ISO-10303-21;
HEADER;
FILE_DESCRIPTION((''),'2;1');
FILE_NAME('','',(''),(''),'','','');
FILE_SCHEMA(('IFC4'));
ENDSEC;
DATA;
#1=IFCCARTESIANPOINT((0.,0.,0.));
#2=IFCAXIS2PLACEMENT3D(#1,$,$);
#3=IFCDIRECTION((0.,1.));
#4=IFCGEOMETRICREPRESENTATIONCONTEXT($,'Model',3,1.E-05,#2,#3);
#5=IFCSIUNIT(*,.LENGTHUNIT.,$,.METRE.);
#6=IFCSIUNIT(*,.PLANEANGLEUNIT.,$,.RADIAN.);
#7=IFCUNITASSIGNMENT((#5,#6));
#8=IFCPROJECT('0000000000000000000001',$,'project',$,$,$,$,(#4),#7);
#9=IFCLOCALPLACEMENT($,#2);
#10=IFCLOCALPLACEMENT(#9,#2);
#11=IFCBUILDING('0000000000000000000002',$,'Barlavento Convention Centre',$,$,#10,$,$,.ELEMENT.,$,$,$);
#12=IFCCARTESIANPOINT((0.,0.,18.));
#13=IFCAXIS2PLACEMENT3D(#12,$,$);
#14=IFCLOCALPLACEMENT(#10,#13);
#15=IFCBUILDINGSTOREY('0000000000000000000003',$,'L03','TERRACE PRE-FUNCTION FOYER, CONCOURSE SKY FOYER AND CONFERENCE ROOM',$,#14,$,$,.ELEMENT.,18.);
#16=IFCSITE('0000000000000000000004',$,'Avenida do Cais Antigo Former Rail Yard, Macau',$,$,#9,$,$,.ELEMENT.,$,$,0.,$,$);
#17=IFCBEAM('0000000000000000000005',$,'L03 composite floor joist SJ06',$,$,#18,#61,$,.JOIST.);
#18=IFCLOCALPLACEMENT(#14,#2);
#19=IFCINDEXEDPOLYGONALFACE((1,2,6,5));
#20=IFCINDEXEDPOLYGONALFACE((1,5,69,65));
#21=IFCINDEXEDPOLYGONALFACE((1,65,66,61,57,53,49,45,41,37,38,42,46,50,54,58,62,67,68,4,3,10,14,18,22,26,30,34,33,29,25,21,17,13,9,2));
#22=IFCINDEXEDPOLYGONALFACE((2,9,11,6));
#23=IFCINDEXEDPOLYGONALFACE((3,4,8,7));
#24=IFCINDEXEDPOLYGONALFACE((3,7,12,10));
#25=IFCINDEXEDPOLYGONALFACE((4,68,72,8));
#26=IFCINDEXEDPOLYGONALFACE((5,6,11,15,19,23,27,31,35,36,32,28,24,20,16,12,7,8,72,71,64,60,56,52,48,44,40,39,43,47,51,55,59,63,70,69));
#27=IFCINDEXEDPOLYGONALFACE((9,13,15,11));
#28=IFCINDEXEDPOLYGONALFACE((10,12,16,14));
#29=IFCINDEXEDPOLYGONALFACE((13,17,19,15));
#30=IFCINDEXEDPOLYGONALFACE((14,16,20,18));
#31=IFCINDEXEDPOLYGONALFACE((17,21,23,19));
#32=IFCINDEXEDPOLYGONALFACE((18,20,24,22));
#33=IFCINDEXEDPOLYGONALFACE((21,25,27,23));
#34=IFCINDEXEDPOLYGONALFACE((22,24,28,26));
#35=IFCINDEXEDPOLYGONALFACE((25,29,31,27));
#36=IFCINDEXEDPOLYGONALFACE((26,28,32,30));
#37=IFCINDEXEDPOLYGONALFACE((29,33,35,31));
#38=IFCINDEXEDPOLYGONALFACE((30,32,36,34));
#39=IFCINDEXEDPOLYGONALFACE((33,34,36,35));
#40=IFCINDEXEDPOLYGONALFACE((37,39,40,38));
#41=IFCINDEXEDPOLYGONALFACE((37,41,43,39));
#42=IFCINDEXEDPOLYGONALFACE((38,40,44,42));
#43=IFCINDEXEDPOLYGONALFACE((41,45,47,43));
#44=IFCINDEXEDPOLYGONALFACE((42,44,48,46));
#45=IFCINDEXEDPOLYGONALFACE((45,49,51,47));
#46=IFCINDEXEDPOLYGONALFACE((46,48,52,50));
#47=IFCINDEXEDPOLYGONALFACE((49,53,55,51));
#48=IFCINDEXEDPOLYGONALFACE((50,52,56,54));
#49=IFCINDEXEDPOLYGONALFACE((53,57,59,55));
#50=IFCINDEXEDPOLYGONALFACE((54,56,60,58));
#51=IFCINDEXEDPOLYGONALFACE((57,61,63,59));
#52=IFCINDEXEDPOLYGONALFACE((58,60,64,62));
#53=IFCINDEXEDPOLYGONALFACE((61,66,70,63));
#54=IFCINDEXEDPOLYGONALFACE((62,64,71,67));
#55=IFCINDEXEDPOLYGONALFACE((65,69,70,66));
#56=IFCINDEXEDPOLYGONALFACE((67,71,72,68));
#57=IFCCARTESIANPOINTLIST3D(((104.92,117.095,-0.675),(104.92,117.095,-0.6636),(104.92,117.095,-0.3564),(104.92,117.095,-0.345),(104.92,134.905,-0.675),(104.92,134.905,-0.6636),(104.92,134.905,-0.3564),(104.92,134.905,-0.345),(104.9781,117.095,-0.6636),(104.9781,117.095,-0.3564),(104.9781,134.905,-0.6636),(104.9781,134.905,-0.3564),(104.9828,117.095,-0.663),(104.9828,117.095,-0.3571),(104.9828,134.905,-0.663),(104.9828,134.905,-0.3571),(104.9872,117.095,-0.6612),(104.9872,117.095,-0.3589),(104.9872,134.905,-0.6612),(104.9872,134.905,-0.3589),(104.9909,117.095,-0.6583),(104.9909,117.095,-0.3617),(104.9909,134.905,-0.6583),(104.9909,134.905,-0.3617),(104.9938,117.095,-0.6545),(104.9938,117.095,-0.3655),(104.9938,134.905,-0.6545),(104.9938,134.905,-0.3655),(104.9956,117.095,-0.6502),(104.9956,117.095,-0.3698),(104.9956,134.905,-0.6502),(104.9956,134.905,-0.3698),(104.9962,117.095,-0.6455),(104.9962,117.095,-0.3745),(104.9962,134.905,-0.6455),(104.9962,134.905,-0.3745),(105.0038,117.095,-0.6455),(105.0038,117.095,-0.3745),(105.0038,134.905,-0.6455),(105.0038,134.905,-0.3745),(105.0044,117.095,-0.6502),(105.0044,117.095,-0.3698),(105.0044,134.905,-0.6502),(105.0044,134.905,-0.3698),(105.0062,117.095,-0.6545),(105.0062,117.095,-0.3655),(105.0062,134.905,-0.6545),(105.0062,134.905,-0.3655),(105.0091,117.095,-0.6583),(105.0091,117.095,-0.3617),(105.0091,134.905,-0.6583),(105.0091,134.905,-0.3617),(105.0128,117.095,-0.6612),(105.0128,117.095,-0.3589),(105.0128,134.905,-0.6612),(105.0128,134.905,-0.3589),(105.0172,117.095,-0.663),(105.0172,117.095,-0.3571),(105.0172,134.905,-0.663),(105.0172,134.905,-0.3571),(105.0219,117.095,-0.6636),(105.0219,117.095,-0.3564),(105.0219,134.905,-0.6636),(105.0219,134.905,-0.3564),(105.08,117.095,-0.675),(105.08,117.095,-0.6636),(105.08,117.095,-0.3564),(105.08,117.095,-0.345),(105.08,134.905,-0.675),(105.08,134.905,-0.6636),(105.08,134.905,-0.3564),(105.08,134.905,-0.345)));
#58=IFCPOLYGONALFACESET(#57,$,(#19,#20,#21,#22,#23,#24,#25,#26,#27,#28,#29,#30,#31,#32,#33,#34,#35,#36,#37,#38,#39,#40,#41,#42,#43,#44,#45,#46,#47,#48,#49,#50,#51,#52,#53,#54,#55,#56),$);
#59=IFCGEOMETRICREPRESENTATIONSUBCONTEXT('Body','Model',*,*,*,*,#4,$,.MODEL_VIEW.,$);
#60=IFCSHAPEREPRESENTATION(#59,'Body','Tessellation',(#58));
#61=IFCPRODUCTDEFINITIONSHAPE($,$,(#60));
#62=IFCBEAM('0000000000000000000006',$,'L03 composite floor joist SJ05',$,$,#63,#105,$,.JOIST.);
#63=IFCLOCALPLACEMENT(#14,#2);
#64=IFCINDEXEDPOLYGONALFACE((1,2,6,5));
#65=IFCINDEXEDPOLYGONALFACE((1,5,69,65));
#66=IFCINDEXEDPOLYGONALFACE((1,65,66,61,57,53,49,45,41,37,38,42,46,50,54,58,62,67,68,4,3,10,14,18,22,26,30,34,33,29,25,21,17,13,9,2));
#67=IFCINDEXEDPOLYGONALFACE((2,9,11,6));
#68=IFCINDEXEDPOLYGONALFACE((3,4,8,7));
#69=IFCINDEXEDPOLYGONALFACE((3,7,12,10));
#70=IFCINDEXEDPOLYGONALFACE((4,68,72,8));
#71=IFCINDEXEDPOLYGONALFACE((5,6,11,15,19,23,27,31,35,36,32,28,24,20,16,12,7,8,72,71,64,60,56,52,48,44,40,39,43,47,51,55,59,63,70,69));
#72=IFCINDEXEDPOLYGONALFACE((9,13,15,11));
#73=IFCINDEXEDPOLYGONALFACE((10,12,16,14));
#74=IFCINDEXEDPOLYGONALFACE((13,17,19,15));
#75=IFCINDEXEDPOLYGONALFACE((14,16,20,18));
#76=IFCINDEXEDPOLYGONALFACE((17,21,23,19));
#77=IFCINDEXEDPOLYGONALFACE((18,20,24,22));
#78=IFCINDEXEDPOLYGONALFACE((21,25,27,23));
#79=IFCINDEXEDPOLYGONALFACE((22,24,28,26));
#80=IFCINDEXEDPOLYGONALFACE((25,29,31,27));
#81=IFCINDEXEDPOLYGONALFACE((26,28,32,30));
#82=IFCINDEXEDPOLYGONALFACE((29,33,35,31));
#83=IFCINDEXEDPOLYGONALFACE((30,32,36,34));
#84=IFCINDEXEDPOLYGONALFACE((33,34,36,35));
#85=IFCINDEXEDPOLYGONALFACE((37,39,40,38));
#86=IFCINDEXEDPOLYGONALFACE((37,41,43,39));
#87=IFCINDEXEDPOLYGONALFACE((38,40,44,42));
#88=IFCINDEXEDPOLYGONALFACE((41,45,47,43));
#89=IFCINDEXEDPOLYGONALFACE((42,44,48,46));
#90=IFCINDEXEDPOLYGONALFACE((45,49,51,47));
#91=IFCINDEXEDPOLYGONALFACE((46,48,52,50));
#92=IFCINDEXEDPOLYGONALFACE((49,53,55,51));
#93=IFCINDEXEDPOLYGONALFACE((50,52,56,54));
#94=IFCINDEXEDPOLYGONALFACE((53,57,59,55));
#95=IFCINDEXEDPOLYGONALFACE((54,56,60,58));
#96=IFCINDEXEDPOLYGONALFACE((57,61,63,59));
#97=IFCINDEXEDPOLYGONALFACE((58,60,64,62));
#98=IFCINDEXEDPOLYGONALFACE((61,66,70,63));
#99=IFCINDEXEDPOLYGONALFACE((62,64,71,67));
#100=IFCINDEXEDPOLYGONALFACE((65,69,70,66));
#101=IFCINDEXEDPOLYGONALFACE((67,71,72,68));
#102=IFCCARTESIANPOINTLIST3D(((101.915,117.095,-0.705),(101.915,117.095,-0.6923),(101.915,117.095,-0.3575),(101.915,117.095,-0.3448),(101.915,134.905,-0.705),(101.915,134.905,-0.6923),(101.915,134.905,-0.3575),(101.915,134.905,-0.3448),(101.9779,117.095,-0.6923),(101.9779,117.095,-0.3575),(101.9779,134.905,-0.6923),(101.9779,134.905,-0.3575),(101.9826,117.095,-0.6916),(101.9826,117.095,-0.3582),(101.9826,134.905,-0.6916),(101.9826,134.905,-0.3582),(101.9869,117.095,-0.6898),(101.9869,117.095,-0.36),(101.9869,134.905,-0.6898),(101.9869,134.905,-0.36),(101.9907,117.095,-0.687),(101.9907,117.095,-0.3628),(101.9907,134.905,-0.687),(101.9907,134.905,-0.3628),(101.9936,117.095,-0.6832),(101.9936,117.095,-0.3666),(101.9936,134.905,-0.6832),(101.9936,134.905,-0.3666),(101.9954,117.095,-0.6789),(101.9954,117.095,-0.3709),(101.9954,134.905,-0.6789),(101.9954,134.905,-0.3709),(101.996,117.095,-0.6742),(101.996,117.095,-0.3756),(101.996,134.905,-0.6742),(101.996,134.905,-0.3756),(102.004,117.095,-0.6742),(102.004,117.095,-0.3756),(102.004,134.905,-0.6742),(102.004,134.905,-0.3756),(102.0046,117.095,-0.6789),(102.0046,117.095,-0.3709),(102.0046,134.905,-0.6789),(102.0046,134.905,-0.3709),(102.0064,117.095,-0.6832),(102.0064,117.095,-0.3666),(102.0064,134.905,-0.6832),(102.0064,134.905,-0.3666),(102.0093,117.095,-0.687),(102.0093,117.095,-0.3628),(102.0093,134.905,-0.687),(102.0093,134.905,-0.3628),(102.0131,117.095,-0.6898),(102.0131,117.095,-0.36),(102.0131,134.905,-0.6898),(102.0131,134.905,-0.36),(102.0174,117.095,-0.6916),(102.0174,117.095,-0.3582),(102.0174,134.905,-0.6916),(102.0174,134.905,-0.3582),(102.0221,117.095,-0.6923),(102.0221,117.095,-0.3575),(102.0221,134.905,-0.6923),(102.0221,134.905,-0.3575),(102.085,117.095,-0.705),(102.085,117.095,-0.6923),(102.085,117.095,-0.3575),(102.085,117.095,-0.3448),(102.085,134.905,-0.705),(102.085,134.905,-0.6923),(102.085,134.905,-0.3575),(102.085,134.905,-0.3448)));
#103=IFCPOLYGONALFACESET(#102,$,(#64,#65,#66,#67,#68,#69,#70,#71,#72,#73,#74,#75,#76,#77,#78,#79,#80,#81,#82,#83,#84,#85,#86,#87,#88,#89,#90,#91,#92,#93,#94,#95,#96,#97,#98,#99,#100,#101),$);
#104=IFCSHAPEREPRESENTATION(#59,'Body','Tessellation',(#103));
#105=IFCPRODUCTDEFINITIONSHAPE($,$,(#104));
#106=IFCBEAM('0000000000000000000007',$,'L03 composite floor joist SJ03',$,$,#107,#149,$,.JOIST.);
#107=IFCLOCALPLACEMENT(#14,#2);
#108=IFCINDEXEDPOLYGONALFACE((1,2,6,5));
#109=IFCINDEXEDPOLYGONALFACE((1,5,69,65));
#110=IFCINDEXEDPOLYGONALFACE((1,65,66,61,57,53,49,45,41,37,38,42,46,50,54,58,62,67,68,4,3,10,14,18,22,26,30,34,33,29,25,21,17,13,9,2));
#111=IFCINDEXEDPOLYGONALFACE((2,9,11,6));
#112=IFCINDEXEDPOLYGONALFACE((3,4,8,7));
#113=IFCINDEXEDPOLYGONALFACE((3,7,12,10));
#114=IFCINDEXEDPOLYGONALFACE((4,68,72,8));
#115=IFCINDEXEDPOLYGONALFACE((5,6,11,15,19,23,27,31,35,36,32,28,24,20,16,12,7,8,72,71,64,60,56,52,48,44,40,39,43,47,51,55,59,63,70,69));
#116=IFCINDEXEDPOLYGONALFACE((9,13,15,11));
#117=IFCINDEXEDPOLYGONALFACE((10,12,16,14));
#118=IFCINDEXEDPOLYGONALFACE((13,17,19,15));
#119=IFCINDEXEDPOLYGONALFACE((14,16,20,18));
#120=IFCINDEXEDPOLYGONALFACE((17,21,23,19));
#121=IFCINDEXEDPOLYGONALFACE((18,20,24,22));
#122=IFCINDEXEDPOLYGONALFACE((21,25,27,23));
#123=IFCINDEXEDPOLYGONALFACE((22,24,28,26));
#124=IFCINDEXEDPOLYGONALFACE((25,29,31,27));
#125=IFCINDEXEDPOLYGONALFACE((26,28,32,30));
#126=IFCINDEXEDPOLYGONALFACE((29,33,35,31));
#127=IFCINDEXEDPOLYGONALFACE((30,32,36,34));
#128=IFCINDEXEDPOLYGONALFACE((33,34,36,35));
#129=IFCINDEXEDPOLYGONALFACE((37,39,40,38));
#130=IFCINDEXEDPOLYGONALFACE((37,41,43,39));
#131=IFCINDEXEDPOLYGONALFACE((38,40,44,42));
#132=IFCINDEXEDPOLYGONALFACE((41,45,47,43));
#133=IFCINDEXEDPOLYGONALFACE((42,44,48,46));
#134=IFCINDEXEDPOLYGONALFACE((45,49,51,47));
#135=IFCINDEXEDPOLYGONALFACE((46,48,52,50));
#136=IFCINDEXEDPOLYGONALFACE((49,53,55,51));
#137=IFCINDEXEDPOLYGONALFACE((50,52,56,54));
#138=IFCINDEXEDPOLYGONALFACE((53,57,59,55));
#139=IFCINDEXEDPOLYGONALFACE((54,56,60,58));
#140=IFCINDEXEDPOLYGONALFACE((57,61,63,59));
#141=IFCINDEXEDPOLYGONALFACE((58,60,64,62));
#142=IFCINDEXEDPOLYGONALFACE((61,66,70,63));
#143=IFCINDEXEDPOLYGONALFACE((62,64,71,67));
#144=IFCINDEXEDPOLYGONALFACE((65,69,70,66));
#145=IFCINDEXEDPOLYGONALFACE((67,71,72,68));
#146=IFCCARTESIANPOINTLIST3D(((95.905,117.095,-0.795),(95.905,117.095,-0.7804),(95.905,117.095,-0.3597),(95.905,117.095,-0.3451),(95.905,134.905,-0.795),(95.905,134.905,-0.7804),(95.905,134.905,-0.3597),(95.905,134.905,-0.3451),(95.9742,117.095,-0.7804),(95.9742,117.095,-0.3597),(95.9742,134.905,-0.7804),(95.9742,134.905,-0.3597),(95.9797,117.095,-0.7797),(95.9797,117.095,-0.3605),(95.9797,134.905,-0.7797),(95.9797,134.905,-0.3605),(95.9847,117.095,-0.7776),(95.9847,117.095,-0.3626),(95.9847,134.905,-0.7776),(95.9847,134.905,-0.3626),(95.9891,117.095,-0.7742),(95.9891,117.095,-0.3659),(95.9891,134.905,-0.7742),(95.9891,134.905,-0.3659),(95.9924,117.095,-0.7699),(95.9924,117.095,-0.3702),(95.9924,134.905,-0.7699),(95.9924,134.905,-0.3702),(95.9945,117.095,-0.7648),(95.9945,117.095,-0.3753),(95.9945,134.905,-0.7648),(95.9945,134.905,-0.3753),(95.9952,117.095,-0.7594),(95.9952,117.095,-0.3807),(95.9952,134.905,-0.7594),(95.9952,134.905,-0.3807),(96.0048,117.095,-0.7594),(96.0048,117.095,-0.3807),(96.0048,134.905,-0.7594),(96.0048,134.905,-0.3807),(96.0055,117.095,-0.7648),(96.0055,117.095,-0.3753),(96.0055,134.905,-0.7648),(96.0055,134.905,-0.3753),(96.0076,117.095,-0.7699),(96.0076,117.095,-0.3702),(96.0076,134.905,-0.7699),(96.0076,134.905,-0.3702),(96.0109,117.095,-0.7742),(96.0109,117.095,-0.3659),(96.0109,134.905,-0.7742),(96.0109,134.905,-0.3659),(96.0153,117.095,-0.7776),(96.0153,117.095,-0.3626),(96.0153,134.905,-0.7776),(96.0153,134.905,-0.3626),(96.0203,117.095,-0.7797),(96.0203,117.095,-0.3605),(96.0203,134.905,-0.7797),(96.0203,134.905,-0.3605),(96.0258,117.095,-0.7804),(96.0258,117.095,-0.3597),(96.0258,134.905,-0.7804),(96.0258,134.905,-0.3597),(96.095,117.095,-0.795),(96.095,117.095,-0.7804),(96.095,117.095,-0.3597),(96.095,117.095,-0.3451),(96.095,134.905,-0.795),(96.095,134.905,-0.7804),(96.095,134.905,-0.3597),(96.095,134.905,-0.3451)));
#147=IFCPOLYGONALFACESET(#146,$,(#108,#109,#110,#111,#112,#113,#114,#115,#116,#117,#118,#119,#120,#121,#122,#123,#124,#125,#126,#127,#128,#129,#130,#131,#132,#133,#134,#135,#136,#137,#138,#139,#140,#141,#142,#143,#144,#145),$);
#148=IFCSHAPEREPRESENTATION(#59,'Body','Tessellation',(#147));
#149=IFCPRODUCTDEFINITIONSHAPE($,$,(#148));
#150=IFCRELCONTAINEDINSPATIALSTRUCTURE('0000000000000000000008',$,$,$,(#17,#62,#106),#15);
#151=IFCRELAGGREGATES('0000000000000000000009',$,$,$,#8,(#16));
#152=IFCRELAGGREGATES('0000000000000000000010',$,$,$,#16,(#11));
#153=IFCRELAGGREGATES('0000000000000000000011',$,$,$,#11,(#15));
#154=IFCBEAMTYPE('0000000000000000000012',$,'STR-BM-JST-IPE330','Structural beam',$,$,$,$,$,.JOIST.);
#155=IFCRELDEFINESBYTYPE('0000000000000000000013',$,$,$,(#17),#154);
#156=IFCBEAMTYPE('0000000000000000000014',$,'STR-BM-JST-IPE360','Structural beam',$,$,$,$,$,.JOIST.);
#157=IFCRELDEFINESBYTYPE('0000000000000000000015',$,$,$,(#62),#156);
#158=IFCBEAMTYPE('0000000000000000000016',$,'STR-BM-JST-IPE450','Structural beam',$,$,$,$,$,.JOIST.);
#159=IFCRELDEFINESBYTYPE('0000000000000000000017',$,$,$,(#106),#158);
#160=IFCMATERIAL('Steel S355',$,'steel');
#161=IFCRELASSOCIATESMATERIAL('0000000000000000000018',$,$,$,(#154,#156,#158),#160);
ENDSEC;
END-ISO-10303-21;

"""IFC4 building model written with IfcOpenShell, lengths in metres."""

from ifc_helpers import new_model, si_unit, direction, frame, origin, origin_2d, place, context, subcontext, project, spatial, i_section, extrude, material, material_profile, profile_set, type_object, element, save


model = new_model("IFC4")

# Units and contexts
model_context = context("Model", 3, precision=1e-05, world=origin(), true_north=direction((0.0, 1.0)))
body_context = subcontext(model_context, "Body", "Model", "MODEL_VIEW")
ifc_project = project(units=[si_unit("LENGTHUNIT", "METRE"), si_unit("PLANEANGLEUNIT", "RADIAN")], contexts=[model_context])

# Site, building, storey
site_placement = place(None, origin())
site = spatial("IfcSite", under=ifc_project, at=site_placement, Name="Avenida do Cais Antigo Former Rail Yard, Macau", CompositionType="ELEMENT", RefElevation=0.0)
building_placement = place(site_placement, origin())
building = spatial("IfcBuilding", under=site, at=building_placement, Name="Barlavento Convention Centre", CompositionType="ELEMENT")
storey_placement = place(building_placement, frame((0.0, 0.0, 18.0)))
storey = spatial("IfcBuildingStorey", under=building, at=storey_placement, Name="L03", Description="TERRACE PRE-FUNCTION FOYER, CONCOURSE SKY FOYER AND CONFERENCE ROOM", CompositionType="ELEMENT", Elevation=18.0)

# Beams
ifc_material = material(Name="Steel S355", Category="steel")
ifc_material_profile_1 = material_profile(ifc_material, i_section(OverallWidth=0.1599, OverallDepth=0.3301, WebThickness=0.0076, FlangeThickness=0.0115, FilletRadius=0.0181, at=origin_2d()), Name="IPE 330")
ifc_profile_set_1 = profile_set([ifc_material_profile_1], Name="Steel S355")
beam_type_1 = type_object("IfcBeamType", Name="STR-BM-JST-IPE330", Description="Structural beam", PredefinedType="JOIST", material=ifc_profile_set_1)
beam_1_placement = place(storey_placement, frame((105.0, 117.095, -0.51), z_axis=(0.0, 1.0, 0.0), x_axis=(-1.0, 0.0, 0.0)))
element("IfcBeam", 1, at=beam_1_placement, inside=storey, type_object=beam_type_1, Name="L03 composite floor joist SJ06", PredefinedType="JOIST", context=body_context, shape_type="SweptSolid", body=[
    extrude(i_section(OverallWidth=0.1599, OverallDepth=0.3301, WebThickness=0.0076, FlangeThickness=0.0115, FilletRadius=0.0181, at=origin_2d()), origin(), (0.0, 0.0, 1.0), 17.8101),
])
ifc_material_profile_2 = material_profile(ifc_material, i_section(OverallWidth=0.1699, OverallDepth=0.3601, WebThickness=0.0081, FlangeThickness=0.0127, FilletRadius=0.0181, at=origin_2d()), Name="IPE 360")
ifc_profile_set_2 = profile_set([ifc_material_profile_2], Name="Steel S355")
beam_type_2 = type_object("IfcBeamType", Name="STR-BM-JST-IPE360", Description="Structural beam", PredefinedType="JOIST", material=ifc_profile_set_2)
beam_2_placement = place(storey_placement, frame((102.0, 117.095, -0.5249), z_axis=(0.0, 1.0, 0.0), x_axis=(-1.0, 0.0, 0.0)))
element("IfcBeam", 2, at=beam_2_placement, inside=storey, type_object=beam_type_2, Name="L03 composite floor joist SJ05", PredefinedType="JOIST", context=body_context, shape_type="SweptSolid", body=[
    extrude(i_section(OverallWidth=0.1699, OverallDepth=0.3601, WebThickness=0.0081, FlangeThickness=0.0127, FilletRadius=0.0181, at=origin_2d()), origin(), (0.0, 0.0, 1.0), 17.8101),
])
ifc_material_profile_3 = material_profile(ifc_material, i_section(OverallWidth=0.1899, OverallDepth=0.45, WebThickness=0.0095, FlangeThickness=0.0146, FilletRadius=0.021, at=origin_2d()), Name="IPE 450")
ifc_profile_set_3 = profile_set([ifc_material_profile_3], Name="Steel S355")
beam_type_3 = type_object("IfcBeamType", Name="STR-BM-JST-IPE450", Description="Structural beam", PredefinedType="JOIST", material=ifc_profile_set_3)
beam_3_placement = place(storey_placement, frame((96.0, 117.095, -0.5701), z_axis=(0.0, 1.0, 0.0), x_axis=(-1.0, 0.0, 0.0)))
element("IfcBeam", 3, at=beam_3_placement, inside=storey, type_object=beam_type_3, Name="L03 composite floor joist SJ03", PredefinedType="JOIST", context=body_context, shape_type="SweptSolid", body=[
    extrude(i_section(OverallWidth=0.1899, OverallDepth=0.45, WebThickness=0.0095, FlangeThickness=0.0146, FilletRadius=0.021, at=origin_2d()), origin(), (0.0, 0.0, 1.0), 17.8101),
])

save(model, "model.ifc")
